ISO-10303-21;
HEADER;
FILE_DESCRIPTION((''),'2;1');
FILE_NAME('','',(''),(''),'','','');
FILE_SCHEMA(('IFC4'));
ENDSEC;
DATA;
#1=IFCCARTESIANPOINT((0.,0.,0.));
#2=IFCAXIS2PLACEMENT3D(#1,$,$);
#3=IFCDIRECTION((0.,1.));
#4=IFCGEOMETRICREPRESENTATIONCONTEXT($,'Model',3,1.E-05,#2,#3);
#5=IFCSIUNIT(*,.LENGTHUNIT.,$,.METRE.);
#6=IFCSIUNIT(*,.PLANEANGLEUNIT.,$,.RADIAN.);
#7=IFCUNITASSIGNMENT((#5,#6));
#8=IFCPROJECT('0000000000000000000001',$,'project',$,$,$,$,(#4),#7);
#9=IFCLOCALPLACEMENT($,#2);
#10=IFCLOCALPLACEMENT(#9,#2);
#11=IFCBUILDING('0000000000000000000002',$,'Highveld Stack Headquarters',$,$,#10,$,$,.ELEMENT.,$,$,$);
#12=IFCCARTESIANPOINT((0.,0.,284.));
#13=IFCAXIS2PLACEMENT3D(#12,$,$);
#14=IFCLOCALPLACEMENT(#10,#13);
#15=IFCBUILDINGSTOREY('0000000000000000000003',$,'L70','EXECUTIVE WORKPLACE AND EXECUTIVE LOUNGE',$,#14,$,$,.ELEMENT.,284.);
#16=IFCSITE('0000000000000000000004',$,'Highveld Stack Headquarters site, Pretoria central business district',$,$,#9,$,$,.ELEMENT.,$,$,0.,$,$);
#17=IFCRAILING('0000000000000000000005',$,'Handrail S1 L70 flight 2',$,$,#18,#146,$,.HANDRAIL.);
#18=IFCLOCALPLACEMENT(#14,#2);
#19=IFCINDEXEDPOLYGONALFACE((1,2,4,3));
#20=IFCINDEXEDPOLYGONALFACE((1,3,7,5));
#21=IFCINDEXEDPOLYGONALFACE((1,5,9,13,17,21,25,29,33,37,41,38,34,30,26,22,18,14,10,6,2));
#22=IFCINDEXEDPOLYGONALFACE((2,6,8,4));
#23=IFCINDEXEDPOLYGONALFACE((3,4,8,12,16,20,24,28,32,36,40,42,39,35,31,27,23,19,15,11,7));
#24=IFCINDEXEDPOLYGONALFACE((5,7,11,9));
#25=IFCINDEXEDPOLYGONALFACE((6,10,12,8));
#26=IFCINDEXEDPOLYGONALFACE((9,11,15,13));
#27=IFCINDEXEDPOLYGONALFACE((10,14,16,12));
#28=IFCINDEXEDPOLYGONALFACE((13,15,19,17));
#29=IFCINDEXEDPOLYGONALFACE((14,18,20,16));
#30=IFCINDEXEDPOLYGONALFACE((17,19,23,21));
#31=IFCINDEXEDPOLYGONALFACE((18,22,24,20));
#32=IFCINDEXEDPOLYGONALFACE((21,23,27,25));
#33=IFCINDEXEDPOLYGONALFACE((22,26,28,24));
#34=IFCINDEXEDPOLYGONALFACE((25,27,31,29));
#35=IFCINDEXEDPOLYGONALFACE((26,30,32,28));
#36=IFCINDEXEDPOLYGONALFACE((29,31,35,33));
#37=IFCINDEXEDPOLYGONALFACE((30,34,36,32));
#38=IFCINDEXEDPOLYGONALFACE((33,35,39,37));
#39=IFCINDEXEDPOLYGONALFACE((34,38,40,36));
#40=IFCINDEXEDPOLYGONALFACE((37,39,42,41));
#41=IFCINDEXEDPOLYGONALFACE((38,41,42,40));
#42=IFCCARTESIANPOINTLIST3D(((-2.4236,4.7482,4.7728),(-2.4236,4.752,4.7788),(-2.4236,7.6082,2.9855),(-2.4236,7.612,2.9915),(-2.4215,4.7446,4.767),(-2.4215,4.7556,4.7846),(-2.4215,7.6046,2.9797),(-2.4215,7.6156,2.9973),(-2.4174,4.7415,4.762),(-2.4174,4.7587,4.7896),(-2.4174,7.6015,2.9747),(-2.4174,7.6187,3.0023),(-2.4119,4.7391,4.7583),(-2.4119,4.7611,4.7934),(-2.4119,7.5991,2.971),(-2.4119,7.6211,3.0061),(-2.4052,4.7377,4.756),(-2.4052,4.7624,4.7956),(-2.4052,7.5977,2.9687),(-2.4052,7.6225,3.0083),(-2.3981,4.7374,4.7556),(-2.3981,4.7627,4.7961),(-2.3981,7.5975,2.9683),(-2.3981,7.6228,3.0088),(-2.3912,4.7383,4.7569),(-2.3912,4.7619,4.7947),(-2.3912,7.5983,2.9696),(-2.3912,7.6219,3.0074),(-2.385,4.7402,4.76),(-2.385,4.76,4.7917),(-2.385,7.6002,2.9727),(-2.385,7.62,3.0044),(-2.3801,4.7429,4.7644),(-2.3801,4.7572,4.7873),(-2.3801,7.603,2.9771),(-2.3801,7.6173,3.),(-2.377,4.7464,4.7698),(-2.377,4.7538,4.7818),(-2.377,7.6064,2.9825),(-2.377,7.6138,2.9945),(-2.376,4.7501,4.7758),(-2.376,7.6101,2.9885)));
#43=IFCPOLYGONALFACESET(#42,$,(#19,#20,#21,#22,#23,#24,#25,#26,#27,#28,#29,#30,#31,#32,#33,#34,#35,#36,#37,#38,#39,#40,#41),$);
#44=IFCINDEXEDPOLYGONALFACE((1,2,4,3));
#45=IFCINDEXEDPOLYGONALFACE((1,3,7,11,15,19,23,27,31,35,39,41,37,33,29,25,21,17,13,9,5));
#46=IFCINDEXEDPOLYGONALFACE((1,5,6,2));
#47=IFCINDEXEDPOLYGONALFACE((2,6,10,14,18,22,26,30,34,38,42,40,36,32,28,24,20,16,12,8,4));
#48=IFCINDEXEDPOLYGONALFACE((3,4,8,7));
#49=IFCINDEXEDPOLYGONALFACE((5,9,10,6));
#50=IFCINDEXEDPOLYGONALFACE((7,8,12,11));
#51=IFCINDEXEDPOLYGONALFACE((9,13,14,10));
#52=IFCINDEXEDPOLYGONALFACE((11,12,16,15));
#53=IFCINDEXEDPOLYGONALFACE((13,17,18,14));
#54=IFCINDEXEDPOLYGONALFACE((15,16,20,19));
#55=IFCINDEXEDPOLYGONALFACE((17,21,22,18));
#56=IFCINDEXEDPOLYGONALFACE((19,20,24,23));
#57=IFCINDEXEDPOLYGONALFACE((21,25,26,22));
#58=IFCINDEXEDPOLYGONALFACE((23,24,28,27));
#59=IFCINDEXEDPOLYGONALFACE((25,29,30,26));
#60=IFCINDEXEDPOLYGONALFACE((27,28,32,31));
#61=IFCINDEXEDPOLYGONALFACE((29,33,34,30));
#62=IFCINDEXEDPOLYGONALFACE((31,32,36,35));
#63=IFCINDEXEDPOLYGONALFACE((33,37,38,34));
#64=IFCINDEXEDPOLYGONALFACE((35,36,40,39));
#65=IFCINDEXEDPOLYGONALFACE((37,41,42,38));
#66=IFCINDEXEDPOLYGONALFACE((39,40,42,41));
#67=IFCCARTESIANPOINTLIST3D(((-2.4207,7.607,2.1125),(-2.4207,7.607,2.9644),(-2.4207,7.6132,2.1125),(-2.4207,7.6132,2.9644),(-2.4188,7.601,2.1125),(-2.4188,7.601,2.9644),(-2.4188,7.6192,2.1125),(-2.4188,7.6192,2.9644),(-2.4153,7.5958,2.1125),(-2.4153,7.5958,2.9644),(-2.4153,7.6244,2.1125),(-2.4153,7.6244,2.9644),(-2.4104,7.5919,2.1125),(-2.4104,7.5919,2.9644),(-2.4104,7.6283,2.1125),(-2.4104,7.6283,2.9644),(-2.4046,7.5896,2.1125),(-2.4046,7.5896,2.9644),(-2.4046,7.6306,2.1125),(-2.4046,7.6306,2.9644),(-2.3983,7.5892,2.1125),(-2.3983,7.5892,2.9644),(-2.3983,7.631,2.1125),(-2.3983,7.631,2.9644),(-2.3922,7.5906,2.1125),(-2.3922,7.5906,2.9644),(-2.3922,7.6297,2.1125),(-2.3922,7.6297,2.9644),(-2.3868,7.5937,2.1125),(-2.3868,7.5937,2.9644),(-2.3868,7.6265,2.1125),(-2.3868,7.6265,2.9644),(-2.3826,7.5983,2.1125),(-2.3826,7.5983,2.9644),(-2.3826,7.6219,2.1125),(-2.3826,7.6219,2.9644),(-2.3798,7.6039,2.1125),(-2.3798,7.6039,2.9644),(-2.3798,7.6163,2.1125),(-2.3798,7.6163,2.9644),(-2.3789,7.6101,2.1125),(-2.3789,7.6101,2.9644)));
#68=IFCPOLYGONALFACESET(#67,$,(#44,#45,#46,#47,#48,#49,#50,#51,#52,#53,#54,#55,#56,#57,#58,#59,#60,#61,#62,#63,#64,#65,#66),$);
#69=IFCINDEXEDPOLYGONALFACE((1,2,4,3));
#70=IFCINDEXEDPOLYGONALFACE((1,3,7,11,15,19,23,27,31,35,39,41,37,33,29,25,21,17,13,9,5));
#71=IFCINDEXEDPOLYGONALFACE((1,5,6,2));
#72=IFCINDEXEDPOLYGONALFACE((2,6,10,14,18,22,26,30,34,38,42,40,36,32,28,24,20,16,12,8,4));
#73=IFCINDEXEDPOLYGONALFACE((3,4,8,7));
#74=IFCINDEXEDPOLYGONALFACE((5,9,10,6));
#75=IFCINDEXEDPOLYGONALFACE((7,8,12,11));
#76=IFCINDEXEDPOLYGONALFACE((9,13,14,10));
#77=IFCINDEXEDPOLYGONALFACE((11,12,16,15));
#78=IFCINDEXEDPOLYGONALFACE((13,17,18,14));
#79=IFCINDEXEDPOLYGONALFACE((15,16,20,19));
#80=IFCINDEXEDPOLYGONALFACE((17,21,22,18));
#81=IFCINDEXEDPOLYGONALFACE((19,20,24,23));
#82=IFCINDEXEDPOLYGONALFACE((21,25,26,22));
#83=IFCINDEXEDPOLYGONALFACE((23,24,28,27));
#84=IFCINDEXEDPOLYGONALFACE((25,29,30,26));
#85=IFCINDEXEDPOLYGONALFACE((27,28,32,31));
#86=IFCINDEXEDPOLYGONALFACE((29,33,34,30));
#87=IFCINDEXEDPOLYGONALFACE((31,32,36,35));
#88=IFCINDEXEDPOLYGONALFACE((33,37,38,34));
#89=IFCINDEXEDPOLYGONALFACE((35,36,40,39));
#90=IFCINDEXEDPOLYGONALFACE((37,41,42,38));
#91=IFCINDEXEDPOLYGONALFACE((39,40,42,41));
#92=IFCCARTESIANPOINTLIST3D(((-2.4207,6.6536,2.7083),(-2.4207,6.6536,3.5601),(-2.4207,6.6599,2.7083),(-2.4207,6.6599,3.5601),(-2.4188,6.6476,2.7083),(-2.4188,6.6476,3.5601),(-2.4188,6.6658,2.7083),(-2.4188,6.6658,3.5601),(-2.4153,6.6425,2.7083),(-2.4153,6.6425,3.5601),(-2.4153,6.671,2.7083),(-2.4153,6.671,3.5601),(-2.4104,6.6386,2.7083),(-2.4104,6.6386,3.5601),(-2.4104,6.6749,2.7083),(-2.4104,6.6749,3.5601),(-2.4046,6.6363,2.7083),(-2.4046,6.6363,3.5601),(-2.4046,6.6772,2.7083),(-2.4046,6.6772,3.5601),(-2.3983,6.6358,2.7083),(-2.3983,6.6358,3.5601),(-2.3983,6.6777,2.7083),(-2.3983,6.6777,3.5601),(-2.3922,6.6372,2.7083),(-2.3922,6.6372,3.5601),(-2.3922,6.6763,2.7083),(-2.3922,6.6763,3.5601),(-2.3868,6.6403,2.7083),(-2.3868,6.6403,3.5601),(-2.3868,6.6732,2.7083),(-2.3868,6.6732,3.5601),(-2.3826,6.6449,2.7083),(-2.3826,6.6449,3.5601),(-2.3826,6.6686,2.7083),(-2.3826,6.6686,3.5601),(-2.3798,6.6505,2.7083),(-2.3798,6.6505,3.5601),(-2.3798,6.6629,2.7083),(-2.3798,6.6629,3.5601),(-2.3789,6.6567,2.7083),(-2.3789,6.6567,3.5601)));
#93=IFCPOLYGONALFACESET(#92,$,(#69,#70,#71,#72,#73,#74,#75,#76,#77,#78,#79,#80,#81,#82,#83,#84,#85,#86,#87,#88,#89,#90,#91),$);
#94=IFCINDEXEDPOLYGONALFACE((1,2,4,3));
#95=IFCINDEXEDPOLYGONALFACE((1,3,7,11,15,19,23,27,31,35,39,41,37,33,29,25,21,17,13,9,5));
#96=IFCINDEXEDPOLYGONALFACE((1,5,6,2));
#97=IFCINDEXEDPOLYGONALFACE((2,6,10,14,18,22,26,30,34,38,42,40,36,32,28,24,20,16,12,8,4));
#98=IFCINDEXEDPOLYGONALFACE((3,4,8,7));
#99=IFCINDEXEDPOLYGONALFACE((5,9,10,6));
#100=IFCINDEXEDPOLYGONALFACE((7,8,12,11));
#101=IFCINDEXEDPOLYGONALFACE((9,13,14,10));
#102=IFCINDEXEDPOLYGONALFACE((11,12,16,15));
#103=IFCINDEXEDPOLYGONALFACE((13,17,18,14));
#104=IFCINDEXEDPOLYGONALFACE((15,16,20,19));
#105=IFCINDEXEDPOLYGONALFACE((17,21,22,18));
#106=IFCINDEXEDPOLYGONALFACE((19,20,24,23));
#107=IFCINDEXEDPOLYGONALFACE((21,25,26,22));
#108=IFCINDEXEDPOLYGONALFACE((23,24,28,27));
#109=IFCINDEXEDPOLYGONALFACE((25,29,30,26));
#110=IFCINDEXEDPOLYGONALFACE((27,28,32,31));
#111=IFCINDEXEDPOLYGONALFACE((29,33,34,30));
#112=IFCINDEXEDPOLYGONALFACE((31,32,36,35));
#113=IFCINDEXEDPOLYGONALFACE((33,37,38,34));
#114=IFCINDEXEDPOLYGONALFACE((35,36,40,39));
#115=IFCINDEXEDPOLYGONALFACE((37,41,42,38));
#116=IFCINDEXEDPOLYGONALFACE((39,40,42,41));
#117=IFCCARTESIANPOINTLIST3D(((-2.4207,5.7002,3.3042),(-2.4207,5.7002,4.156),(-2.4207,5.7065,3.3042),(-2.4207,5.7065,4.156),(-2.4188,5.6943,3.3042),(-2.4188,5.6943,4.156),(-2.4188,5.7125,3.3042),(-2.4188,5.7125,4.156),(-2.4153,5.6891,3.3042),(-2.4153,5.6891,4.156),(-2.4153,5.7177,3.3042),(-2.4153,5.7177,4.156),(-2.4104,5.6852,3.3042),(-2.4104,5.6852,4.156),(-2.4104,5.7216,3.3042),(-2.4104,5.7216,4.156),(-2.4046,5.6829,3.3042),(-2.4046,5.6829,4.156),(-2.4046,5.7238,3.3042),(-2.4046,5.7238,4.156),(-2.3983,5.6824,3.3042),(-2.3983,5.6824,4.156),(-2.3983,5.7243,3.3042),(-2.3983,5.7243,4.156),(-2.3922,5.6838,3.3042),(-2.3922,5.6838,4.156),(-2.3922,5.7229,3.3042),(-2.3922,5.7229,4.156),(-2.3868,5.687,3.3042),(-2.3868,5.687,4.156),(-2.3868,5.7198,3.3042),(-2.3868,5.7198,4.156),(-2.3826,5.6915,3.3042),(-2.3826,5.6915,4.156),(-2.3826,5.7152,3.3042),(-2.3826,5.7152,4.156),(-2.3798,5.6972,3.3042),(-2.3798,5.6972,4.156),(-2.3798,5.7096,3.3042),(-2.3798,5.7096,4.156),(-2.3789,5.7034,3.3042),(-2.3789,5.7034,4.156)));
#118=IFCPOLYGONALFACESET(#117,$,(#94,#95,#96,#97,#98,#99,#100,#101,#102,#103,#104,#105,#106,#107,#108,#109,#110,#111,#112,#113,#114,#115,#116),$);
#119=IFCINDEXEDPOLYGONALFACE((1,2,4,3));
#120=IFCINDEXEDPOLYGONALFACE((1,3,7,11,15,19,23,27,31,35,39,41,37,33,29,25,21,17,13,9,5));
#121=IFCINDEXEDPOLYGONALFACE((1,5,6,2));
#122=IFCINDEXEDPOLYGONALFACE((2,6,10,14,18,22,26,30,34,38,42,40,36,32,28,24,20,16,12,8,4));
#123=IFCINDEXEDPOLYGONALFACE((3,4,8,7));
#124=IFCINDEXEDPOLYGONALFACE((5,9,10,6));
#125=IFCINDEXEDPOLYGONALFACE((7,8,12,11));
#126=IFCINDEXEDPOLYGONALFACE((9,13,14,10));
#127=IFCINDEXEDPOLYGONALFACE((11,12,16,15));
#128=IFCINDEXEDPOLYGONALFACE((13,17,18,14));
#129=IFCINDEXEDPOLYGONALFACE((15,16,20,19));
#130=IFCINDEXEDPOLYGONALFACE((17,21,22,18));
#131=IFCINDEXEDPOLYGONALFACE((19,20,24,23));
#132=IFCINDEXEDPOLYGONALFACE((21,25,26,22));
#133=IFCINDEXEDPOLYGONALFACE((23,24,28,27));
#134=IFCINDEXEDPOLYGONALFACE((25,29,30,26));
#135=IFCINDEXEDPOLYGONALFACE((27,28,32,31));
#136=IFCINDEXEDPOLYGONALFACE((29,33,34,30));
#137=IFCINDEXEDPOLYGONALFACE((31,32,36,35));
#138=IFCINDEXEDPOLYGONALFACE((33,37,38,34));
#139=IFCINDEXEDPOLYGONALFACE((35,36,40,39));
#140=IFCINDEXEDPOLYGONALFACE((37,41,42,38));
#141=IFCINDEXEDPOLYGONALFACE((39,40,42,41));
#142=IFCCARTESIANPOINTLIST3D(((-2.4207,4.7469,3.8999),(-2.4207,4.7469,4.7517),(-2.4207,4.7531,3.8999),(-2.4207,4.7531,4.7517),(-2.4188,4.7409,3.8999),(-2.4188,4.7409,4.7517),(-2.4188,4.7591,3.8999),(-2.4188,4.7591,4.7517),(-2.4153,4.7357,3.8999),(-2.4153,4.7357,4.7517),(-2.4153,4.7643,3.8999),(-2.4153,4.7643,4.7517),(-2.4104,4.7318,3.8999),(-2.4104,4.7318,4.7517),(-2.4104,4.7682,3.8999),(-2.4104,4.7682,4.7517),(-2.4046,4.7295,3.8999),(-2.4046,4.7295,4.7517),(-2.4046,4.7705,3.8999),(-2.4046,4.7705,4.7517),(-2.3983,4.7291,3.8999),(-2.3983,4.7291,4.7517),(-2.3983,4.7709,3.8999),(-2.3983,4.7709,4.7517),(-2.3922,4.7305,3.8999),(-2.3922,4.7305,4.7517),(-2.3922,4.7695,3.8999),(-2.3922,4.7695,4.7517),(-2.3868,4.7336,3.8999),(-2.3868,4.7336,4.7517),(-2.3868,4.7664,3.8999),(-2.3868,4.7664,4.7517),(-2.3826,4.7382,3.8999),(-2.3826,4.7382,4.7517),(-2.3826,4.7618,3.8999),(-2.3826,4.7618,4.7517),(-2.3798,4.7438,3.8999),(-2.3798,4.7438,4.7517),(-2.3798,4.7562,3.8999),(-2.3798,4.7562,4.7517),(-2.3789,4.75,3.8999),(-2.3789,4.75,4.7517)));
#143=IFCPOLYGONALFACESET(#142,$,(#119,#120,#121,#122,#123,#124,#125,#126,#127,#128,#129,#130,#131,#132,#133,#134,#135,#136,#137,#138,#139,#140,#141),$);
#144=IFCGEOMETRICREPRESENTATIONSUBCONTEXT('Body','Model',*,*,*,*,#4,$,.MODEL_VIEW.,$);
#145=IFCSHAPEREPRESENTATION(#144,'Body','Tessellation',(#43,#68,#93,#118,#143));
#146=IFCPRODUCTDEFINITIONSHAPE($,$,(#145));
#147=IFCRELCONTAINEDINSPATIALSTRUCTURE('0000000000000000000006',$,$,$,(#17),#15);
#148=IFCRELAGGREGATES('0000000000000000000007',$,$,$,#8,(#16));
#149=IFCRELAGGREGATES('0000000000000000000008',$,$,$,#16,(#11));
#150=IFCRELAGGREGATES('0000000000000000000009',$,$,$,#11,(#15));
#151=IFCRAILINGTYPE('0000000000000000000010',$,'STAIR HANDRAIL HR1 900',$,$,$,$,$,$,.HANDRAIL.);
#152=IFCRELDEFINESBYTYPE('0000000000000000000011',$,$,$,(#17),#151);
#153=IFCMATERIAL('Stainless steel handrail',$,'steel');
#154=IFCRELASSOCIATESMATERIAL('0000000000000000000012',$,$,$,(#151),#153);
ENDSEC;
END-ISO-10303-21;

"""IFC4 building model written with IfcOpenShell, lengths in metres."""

from ifc_helpers import new_model, si_unit, direction, frame, origin, origin_2d, place, context, subcontext, project, spatial, circle, extrude, material, type_object, element, save


model = new_model("IFC4")

# Units and contexts
model_context = context("Model", 3, precision=1e-05, world=origin(), true_north=direction((0.0, 1.0)))
body_context = subcontext(model_context, "Body", "Model", "MODEL_VIEW")
ifc_project = project(units=[si_unit("LENGTHUNIT", "METRE"), si_unit("PLANEANGLEUNIT", "RADIAN")], contexts=[model_context])

# Site, building, storey
site_placement = place(None, origin())
site = spatial("IfcSite", under=ifc_project, at=site_placement, Name="Highveld Stack Headquarters site, Pretoria central business district", CompositionType="ELEMENT", RefElevation=0.0)
building_placement = place(site_placement, origin())
building = spatial("IfcBuilding", under=site, at=building_placement, Name="Highveld Stack Headquarters", CompositionType="ELEMENT")
storey_placement = place(building_placement, frame((0.0, 0.0, 284.0)))
storey = spatial("IfcBuildingStorey", under=building, at=storey_placement, Name="L70", Description="EXECUTIVE WORKPLACE AND EXECUTIVE LOUNGE", CompositionType="ELEMENT", Elevation=284.0)

# Railing
ifc_material_1 = material(Name="Stainless steel handrail", Category="steel")
railing_type = type_object("IfcRailingType", Name="STAIR HANDRAIL HR1 900", PredefinedType="HANDRAIL", material=ifc_material_1)
for number, where, name in (
    (1, (-2.3999, 7.6101, 2.1125), "Handrail S1 L70 flight 2"),
):
    element("IfcRailing", number, at=place(storey_placement, frame(where)), inside=storey, type_object=railing_type, Name=name, PredefinedType="HANDRAIL", context=body_context, shape_type="SweptSolid", body=[
        extrude(circle(Radius=0.0239, at=origin_2d()), frame((0.0, 0.0, 0.876), z_axis=(0.0, -0.848027, 0.529953), x_axis=(1.0, 0.0, 0.0)), (0.0, 0.0, 1.0), 3.3726),
        extrude(circle(Radius=0.021, at=origin_2d()), origin(), (0.0, 0.0, 1.0), 0.8518),
        extrude(circle(Radius=0.021, at=origin_2d()), frame((0.0, -0.9534, 0.5957)), (0.0, 0.0, 1.0), 0.8518),
        extrude(circle(Radius=0.021, at=origin_2d()), frame((0.0, -1.9067, 1.1917)), (0.0, 0.0, 1.0), 0.8518),
        extrude(circle(Radius=0.021, at=origin_2d()), frame((0.0, -2.8601, 1.7874)), (0.0, 0.0, 1.0), 0.8518),
    ])

save(model, "model.ifc")
